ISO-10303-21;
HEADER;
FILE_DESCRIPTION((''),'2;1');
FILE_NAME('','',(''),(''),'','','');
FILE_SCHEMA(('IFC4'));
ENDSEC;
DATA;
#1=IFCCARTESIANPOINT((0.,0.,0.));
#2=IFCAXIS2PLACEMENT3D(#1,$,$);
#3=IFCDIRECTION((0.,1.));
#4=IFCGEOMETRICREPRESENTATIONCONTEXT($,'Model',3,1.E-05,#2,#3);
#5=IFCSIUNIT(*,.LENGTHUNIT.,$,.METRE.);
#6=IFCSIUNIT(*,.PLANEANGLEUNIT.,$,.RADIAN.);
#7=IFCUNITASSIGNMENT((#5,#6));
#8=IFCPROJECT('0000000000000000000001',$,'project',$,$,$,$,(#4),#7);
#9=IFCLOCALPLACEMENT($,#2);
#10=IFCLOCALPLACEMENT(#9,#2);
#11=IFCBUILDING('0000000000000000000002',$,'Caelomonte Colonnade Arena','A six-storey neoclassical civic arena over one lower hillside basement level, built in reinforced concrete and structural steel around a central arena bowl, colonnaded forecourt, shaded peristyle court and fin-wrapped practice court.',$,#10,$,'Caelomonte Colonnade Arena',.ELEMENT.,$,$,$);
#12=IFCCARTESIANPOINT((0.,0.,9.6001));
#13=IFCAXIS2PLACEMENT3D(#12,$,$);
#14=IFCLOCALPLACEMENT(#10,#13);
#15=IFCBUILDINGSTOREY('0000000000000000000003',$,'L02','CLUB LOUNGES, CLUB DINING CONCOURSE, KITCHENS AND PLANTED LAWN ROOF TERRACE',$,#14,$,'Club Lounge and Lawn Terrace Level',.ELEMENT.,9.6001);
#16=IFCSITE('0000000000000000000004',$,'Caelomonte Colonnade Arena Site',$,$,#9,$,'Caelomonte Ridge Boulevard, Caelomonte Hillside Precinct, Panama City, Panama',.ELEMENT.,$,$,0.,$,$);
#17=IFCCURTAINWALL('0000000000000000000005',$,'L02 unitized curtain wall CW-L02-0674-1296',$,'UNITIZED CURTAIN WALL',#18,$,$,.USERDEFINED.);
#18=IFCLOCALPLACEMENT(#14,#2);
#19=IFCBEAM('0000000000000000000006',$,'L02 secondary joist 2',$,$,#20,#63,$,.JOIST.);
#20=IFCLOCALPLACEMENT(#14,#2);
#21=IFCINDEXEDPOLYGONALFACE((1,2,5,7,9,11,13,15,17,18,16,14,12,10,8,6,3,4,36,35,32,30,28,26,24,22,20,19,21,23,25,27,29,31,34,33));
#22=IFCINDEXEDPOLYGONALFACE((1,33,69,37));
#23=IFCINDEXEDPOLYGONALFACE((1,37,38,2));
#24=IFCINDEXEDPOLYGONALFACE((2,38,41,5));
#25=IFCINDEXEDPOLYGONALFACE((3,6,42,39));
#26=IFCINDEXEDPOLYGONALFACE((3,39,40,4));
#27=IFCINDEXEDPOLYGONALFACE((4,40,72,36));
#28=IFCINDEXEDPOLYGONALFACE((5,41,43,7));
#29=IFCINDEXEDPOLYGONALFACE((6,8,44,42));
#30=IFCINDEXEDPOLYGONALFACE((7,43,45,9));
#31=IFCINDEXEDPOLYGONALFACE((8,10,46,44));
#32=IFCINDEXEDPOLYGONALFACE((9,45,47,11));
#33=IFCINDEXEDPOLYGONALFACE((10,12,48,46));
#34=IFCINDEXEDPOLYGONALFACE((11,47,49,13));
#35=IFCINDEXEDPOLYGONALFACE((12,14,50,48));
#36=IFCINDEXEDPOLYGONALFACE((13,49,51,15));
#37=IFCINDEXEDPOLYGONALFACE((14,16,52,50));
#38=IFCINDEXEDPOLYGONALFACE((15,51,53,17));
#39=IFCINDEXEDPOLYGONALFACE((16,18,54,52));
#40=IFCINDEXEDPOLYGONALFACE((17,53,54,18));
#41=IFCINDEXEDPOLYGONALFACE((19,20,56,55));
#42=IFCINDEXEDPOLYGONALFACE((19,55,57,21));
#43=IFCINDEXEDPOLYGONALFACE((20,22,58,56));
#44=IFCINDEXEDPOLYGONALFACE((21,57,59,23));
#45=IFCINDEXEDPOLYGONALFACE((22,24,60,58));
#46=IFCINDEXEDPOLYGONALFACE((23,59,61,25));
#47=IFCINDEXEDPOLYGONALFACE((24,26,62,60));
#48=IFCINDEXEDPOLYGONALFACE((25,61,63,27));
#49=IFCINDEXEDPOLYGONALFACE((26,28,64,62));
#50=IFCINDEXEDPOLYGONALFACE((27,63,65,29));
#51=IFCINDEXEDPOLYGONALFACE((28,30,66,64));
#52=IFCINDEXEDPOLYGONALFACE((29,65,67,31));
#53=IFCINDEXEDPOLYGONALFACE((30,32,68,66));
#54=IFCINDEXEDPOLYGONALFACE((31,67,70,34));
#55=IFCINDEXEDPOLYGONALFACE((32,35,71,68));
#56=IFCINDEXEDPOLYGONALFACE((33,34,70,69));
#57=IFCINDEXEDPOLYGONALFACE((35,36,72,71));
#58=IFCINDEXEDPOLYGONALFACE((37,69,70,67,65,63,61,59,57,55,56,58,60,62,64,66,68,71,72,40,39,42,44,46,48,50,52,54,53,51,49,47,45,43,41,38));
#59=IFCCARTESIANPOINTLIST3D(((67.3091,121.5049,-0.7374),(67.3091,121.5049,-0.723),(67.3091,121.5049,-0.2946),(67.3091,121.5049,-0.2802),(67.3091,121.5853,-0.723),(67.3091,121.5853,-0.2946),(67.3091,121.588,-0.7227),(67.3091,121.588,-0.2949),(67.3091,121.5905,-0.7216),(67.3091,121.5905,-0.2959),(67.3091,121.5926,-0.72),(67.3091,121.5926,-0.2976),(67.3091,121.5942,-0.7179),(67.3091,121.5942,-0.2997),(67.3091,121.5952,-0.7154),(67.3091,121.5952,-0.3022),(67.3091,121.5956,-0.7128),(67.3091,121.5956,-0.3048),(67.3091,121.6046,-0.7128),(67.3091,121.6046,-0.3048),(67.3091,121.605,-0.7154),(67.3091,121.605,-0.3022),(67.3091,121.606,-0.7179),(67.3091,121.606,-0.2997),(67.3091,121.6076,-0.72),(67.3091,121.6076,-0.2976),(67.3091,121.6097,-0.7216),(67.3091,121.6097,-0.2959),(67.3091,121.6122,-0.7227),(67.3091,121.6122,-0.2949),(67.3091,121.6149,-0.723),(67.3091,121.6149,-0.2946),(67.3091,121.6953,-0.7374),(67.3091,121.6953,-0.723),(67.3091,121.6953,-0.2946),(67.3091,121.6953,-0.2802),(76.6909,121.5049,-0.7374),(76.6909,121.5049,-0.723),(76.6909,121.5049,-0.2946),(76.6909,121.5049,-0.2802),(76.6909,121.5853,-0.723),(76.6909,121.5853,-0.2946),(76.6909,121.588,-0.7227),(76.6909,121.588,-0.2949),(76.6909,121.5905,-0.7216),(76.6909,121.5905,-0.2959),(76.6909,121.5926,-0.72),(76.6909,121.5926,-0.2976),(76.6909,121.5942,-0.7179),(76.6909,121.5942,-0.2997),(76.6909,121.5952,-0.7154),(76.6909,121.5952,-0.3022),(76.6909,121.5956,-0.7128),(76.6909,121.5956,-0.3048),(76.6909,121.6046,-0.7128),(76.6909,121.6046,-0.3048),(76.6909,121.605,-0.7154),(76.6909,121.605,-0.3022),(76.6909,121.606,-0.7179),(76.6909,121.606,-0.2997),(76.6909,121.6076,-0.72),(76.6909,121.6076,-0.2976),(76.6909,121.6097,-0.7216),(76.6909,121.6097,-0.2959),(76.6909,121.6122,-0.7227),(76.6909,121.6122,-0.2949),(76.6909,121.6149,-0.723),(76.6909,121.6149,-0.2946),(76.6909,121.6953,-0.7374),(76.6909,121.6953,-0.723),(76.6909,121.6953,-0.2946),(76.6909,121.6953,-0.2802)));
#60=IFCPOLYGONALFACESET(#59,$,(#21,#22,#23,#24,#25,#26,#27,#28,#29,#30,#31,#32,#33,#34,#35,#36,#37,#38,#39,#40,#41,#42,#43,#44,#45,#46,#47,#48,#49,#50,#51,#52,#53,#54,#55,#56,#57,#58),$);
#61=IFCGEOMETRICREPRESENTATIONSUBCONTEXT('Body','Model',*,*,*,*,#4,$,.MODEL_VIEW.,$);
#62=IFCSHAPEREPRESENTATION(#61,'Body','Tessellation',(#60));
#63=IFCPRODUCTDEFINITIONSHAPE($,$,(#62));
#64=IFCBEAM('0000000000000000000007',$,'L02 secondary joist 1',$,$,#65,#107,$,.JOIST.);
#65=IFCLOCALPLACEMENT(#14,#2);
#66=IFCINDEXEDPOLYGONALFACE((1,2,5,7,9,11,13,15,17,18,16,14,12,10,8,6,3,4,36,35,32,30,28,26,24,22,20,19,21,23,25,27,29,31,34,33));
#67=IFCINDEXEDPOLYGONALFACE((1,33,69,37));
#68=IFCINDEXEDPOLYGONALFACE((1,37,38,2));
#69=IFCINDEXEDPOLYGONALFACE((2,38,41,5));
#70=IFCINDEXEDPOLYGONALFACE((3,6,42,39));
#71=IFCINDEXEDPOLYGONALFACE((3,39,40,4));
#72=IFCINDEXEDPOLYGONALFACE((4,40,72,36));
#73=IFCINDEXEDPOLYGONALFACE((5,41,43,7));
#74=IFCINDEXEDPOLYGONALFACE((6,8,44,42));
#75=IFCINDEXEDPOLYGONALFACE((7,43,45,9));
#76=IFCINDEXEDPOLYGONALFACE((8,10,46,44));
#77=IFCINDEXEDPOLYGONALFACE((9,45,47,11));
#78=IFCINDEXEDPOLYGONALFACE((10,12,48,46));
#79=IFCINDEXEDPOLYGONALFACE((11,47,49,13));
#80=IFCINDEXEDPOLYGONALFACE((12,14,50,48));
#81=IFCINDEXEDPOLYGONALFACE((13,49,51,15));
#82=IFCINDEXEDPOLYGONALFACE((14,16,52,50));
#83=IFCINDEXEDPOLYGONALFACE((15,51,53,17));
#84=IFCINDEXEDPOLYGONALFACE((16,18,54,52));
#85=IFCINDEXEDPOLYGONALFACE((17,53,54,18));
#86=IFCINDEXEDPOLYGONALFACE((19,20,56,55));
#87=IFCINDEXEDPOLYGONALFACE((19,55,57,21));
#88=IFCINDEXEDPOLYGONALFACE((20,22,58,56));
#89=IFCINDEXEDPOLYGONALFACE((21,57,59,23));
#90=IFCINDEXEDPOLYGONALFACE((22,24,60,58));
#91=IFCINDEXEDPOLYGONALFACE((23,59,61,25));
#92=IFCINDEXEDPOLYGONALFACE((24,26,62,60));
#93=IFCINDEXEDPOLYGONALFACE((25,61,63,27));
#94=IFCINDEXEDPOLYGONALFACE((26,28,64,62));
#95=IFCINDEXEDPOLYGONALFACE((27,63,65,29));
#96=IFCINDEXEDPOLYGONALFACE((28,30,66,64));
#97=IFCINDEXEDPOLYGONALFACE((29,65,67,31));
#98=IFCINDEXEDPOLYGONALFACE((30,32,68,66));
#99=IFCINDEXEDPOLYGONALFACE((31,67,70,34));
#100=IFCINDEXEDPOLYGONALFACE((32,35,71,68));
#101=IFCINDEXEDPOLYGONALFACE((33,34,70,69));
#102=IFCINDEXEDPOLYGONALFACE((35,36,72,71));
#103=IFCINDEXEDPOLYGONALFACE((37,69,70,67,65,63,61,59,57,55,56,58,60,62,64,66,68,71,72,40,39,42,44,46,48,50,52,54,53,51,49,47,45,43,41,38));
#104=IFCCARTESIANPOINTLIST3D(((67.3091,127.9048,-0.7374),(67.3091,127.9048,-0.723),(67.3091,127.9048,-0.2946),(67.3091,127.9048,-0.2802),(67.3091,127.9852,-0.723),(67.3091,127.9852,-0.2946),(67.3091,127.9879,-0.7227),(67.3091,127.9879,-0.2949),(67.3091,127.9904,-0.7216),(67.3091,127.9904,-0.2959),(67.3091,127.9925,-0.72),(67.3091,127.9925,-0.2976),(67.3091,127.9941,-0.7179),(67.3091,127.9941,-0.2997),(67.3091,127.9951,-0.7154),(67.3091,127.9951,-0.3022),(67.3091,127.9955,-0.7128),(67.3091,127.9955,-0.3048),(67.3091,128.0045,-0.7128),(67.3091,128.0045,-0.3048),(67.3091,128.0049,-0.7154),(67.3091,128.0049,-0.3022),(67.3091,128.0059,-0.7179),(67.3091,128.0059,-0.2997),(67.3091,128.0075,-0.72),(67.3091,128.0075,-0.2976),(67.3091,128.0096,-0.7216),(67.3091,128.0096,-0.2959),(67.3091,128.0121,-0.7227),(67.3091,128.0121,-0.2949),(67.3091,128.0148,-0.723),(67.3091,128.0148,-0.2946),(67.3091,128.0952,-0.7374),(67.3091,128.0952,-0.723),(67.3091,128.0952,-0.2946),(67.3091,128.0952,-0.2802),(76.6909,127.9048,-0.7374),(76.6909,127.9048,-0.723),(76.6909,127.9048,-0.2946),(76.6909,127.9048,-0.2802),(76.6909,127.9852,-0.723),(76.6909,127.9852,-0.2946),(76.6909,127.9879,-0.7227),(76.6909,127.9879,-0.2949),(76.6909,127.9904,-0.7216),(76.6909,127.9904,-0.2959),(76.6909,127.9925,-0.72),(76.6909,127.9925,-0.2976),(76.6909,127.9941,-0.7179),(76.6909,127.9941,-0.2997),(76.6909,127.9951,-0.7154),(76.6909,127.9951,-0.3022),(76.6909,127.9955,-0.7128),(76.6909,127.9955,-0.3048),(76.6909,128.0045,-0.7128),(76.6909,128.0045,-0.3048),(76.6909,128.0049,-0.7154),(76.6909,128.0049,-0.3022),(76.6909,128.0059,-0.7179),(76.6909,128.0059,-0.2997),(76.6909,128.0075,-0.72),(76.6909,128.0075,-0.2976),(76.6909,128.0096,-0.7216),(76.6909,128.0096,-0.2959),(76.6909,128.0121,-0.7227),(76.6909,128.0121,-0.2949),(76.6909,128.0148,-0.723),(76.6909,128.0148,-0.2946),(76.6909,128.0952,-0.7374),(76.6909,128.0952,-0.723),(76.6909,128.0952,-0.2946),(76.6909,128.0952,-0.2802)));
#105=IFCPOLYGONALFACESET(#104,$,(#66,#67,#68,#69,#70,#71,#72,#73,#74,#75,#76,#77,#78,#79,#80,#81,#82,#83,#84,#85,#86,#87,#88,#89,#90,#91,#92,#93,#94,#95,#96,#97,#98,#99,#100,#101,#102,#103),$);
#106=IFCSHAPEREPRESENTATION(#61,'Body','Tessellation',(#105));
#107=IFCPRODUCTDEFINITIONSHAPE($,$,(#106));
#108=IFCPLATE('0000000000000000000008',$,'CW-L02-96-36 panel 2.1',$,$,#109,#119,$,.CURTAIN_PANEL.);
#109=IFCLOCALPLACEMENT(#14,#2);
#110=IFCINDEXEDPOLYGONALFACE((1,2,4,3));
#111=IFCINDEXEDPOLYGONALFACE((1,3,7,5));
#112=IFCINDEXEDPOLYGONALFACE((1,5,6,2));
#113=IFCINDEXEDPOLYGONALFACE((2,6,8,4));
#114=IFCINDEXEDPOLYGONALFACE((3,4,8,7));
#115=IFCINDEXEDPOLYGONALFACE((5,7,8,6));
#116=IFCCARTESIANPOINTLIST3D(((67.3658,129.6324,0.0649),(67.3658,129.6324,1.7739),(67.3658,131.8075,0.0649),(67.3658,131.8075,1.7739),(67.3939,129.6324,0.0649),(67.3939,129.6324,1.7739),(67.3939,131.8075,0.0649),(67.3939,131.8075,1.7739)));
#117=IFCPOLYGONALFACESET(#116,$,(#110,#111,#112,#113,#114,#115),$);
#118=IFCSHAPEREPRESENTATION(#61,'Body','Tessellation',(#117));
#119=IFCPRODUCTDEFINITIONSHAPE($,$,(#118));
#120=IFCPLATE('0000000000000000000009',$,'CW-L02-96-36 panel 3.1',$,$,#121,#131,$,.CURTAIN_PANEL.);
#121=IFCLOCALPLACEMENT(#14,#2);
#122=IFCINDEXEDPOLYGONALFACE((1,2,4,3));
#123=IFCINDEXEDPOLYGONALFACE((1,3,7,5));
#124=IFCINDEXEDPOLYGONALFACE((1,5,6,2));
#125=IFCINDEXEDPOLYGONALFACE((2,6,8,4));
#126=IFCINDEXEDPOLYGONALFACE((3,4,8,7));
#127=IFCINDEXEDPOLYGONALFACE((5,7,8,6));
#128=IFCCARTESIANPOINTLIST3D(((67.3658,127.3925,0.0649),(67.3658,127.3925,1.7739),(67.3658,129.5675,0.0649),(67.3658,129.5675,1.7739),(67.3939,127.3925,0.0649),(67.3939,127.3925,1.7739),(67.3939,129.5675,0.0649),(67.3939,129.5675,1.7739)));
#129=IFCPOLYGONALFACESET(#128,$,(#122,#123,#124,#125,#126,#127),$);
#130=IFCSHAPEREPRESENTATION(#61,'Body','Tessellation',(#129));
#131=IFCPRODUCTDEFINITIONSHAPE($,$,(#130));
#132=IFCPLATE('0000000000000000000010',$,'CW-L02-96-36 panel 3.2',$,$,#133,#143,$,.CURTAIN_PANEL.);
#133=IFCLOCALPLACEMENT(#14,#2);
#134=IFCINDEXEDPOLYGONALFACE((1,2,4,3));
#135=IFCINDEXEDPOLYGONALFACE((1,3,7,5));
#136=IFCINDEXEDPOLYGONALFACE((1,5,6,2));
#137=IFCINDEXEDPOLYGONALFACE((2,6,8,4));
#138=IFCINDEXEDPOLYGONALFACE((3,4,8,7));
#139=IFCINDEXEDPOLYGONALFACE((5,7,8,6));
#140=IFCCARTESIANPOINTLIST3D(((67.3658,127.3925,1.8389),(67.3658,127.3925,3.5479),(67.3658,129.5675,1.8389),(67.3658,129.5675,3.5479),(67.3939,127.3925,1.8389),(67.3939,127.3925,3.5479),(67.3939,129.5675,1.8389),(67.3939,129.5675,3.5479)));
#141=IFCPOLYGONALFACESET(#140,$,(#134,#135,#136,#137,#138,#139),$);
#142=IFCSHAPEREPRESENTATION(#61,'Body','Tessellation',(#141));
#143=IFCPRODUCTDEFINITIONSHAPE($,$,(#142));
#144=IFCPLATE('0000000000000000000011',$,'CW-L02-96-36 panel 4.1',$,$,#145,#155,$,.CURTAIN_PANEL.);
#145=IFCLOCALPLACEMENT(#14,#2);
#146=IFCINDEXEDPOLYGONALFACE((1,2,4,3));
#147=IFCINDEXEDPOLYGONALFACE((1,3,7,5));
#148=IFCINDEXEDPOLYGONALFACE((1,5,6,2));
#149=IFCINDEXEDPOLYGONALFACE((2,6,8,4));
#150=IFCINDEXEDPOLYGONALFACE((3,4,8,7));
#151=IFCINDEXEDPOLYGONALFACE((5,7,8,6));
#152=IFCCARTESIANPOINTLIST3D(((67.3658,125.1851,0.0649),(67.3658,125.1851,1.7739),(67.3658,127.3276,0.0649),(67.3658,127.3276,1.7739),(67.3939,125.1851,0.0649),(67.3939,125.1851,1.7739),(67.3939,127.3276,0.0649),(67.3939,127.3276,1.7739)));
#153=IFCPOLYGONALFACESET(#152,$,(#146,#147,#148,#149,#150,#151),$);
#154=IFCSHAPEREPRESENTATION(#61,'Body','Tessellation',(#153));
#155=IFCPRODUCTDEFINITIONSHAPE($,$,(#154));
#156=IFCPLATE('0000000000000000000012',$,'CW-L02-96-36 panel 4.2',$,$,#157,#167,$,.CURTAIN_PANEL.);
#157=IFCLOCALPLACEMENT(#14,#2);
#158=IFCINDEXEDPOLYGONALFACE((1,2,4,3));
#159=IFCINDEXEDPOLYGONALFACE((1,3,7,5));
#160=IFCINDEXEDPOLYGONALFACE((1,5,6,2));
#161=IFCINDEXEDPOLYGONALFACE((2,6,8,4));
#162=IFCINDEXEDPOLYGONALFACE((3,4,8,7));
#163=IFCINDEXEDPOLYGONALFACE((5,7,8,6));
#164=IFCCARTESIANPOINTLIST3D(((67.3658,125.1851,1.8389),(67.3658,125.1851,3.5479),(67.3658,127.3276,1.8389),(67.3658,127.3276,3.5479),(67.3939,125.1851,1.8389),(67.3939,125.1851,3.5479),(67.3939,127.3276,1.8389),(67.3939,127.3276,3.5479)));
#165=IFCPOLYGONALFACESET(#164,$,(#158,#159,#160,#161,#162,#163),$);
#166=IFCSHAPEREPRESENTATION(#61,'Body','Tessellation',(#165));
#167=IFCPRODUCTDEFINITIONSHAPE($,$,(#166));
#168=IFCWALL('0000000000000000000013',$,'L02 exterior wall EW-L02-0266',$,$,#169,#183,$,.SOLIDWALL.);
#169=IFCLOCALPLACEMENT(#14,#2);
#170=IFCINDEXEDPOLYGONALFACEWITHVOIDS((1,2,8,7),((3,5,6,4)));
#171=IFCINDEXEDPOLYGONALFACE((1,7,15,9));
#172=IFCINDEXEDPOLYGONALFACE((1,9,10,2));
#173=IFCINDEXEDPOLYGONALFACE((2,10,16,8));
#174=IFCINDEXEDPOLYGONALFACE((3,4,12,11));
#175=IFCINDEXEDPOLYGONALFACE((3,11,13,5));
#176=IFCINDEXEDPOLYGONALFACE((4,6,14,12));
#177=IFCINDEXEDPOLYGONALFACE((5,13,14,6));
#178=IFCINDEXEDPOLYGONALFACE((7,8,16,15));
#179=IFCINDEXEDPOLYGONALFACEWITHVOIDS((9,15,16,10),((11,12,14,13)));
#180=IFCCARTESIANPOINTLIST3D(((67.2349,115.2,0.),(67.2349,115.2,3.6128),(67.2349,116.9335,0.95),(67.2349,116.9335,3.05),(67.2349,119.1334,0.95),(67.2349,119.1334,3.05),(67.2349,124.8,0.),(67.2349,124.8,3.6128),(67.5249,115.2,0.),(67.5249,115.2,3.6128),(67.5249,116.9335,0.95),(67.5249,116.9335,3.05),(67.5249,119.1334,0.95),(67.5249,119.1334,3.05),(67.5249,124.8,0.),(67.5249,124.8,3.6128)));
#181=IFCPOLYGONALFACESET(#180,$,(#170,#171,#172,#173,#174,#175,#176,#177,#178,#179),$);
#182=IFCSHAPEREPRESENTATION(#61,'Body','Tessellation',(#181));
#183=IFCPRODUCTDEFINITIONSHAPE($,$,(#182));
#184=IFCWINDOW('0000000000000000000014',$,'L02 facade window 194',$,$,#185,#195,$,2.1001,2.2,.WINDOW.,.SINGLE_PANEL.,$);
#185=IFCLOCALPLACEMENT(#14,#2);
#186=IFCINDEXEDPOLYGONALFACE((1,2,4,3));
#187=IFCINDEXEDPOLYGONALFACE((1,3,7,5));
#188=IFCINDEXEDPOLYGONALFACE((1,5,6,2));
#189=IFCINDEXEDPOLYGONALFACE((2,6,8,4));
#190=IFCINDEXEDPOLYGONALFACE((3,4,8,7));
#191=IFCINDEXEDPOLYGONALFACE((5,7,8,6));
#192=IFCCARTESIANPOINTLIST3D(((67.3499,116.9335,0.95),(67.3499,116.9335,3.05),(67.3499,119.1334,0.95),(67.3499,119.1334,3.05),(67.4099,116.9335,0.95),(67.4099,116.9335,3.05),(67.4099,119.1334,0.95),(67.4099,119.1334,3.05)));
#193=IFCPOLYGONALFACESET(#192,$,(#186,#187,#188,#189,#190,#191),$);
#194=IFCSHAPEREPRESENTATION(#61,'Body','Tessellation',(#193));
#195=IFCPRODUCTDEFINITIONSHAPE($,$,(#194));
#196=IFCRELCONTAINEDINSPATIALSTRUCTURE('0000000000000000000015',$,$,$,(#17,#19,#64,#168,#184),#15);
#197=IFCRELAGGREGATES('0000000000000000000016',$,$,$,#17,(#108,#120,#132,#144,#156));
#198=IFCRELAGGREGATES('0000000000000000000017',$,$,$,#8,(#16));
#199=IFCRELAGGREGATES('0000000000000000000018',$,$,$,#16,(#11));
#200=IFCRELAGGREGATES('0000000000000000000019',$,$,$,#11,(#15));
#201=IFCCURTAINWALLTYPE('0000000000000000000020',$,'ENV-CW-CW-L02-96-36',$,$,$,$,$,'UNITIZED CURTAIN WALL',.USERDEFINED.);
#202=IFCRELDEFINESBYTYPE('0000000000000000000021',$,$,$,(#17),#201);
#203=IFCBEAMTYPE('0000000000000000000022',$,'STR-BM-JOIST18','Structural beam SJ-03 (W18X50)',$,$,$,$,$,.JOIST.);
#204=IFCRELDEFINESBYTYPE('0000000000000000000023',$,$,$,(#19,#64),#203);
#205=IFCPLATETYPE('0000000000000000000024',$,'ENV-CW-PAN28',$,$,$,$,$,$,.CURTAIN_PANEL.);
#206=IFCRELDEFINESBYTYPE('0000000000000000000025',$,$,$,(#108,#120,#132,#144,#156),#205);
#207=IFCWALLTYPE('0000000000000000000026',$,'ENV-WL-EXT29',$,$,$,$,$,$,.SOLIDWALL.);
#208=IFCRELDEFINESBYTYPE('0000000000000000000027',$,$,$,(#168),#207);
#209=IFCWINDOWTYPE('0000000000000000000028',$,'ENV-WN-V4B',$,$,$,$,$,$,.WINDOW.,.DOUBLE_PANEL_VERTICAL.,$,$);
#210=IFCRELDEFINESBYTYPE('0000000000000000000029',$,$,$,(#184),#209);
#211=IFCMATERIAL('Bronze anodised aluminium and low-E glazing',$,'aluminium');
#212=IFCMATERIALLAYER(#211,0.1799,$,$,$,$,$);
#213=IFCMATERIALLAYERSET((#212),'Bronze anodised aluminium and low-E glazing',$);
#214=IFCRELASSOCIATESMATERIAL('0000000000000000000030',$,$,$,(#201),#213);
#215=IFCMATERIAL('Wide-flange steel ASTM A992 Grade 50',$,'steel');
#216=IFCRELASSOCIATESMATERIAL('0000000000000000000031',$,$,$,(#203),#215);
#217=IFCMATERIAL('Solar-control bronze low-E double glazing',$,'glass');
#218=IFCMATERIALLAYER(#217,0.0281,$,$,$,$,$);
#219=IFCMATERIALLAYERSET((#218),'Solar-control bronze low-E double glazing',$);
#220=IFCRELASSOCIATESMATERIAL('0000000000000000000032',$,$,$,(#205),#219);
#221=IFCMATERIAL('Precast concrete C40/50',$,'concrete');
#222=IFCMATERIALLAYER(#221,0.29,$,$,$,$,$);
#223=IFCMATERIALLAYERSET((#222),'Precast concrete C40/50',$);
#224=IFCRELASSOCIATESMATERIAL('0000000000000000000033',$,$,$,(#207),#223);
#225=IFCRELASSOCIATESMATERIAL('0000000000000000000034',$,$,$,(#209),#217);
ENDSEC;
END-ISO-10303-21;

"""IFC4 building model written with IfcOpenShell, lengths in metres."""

from ifc_helpers import new_model, si_unit, direction, frame, frame_2d, origin, origin_2d, place, context, subcontext, project, spatial, rectangle, i_section, extrude, material, layer, layer_set, material_profile, profile_set, type_object, element, fill, aggregate, save


model = new_model("IFC4")

# Units and contexts
model_context = context("Model", 3, precision=1e-05, world=origin(), true_north=direction((0.0, 1.0)))
body_context = subcontext(model_context, "Body", "Model", "MODEL_VIEW")
ifc_project = project(units=[si_unit("LENGTHUNIT", "METRE"), si_unit("PLANEANGLEUNIT", "RADIAN")], contexts=[model_context])

# Site, building, storey
site_placement = place(None, origin())
site = spatial("IfcSite", under=ifc_project, at=site_placement, Name="Caelomonte Colonnade Arena Site", LongName="Caelomonte Ridge Boulevard, Caelomonte Hillside Precinct, Panama City, Panama", CompositionType="ELEMENT", RefElevation=0.0)
building_placement = place(site_placement, origin())
building = spatial("IfcBuilding", under=site, at=building_placement, Name="Caelomonte Colonnade Arena", Description="A six-storey neoclassical civic arena over one lower hillside basement level, built in reinforced concrete and structural steel around a central arena bowl, colonnaded forecourt, shaded peristyle court and fin-wrapped practice court.", LongName="Caelomonte Colonnade Arena", CompositionType="ELEMENT")
storey_placement = place(building_placement, frame((0.0, 0.0, 9.6001)))
storey = spatial("IfcBuildingStorey", under=building, at=storey_placement, Name="L02", Description="CLUB LOUNGES, CLUB DINING CONCOURSE, KITCHENS AND PLANTED LAWN ROOF TERRACE", LongName="Club Lounge and Lawn Terrace Level", CompositionType="ELEMENT", Elevation=9.6001)

# Curtain wall
ifc_material_1 = material(Name="Bronze anodised aluminium and low-E glazing", Category="aluminium")
ifc_layer_1 = layer(ifc_material_1, 0.1799)
ifc_layer_set_1 = layer_set([ifc_layer_1], Name="Bronze anodised aluminium and low-E glazing")
curtain_wall_type = type_object("IfcCurtainWallType", Name="ENV-CW-CW-L02-96-36", ElementType="UNITIZED CURTAIN WALL", PredefinedType="USERDEFINED", material=ifc_layer_set_1)
curtain_wall_placement = place(storey_placement, origin())
curtain_wall = element("IfcCurtainWall", 1, at=curtain_wall_placement, inside=storey, type_object=curtain_wall_type, Name="L02 unitized curtain wall CW-L02-0674-1296", ObjectType="UNITIZED CURTAIN WALL", PredefinedType="USERDEFINED")

# Beams
ifc_material_2 = material(Name="Wide-flange steel ASTM A992 Grade 50", Category="steel")
ifc_material_profile_1 = material_profile(ifc_material_2, i_section(OverallWidth=0.1904, OverallDepth=0.4573, WebThickness=0.009, FlangeThickness=0.0144, FilletRadius=0.0103, at=origin_2d()), Name="W18X50")
ifc_profile_set_1 = profile_set([ifc_material_profile_1], Name="Wide-flange steel ASTM A992 Grade 50")
beam_type_1 = type_object("IfcBeamType", Name="STR-BM-JOIST18", Description="Structural beam SJ-03 (W18X50)", PredefinedType="JOIST", material=ifc_profile_set_1)
for number, where, z_axis, x_axis, name in (
    (2, (67.3091, 121.6001, -0.5088), (1.0, 0.0, 0.0), (0.0, 1.0, 0.0), "L02 secondary joist 2"),
    (3, (67.3091, 128.0, -0.5088), (1.0, 0.0, 0.0), (0.0, 1.0, 0.0), "L02 secondary joist 1"),
):
    element("IfcBeam", number, at=place(storey_placement, frame(where, z_axis=z_axis, x_axis=x_axis)), inside=storey, type_object=beam_type_1, Name=name, PredefinedType="JOIST", context=body_context, shape_type="SweptSolid", body=[
        extrude(i_section(OverallWidth=0.1904, OverallDepth=0.4573, WebThickness=0.009, FlangeThickness=0.0144, FilletRadius=0.0103, at=origin_2d()), origin(), (0.0, 0.0, 1.0), 9.3818),
    ])

# Plates
ifc_material_3 = material(Name="Solar-control bronze low-E double glazing", Category="glass")
ifc_layer_2 = layer(ifc_material_3, 0.0281)
ifc_layer_set_2 = layer_set([ifc_layer_2], Name="Solar-control bronze low-E double glazing")
plate_type = type_object("IfcPlateType", Name="ENV-CW-PAN28", PredefinedType="CURTAIN_PANEL", material=ifc_layer_set_2)
plate_1_placement = place(storey_placement, frame((67.3799, 130.72, 0.0649), z_axis=(0.0, 0.0, 1.0), x_axis=(0.0, -1.0, 0.0)))
plate_1 = element("IfcPlate", 4, at=plate_1_placement, type_object=plate_type, Name="CW-L02-96-36 panel 2.1", PredefinedType="CURTAIN_PANEL", context=body_context, shape_type="SweptSolid", body=[
    extrude(rectangle(XDim=2.175, YDim=0.0281, at=origin_2d()), origin(), (0.0, 0.0, 1.0), 1.709),
])
plate_2_placement = place(storey_placement, frame((67.3799, 128.48, 0.0649), z_axis=(0.0, 0.0, 1.0), x_axis=(0.0, -1.0, 0.0)))
plate_2 = element("IfcPlate", 5, at=plate_2_placement, type_object=plate_type, Name="CW-L02-96-36 panel 3.1", PredefinedType="CURTAIN_PANEL", context=body_context, shape_type="SweptSolid", body=[
    extrude(rectangle(XDim=2.175, YDim=0.0281, at=origin_2d()), origin(), (0.0, 0.0, 1.0), 1.709),
])
plate_3_placement = place(storey_placement, frame((67.3799, 128.48, 1.8389), z_axis=(0.0, 0.0, 1.0), x_axis=(0.0, -1.0, 0.0)))
plate_3 = element("IfcPlate", 6, at=plate_3_placement, type_object=plate_type, Name="CW-L02-96-36 panel 3.2", PredefinedType="CURTAIN_PANEL", context=body_context, shape_type="SweptSolid", body=[
    extrude(rectangle(XDim=2.175, YDim=0.0281, at=origin_2d()), origin(), (0.0, 0.0, 1.0), 1.709),
])
plate_4_placement = place(storey_placement, frame((67.3799, 126.2563, 0.0649), z_axis=(0.0, 0.0, 1.0), x_axis=(0.0, -1.0, 0.0)))
plate_4 = element("IfcPlate", 7, at=plate_4_placement, type_object=plate_type, Name="CW-L02-96-36 panel 4.1", PredefinedType="CURTAIN_PANEL", context=body_context, shape_type="SweptSolid", body=[
    extrude(rectangle(XDim=2.1426, YDim=0.0281, at=origin_2d()), origin(), (0.0, 0.0, 1.0), 1.709),
])
plate_5_placement = place(storey_placement, frame((67.3799, 126.2563, 1.8389), z_axis=(0.0, 0.0, 1.0), x_axis=(0.0, -1.0, 0.0)))
plate_5 = element("IfcPlate", 8, at=plate_5_placement, type_object=plate_type, Name="CW-L02-96-36 panel 4.2", PredefinedType="CURTAIN_PANEL", context=body_context, shape_type="SweptSolid", body=[
    extrude(rectangle(XDim=2.1426, YDim=0.0281, at=origin_2d()), origin(), (0.0, 0.0, 1.0), 1.709),
])
aggregate(curtain_wall, [plate_1, plate_2, plate_3, plate_4, plate_5])

# Wall, opening, window
ifc_material_4 = material(Name="Precast concrete C40/50", Category="concrete")
ifc_layer_3 = layer(ifc_material_4, 0.29)
ifc_layer_set_3 = layer_set([ifc_layer_3], Name="Precast concrete C40/50")
wall_type = type_object("IfcWallType", Name="ENV-WL-EXT29", PredefinedType="SOLIDWALL", material=ifc_layer_set_3)
wall_placement = place(storey_placement, frame((67.3799, 124.8, 0.0), z_axis=(0.0, 0.0, 1.0), x_axis=(0.0, -1.0, 0.0)))
wall = element("IfcWall", 9, at=wall_placement, inside=storey, type_object=wall_type, Name="L02 exterior wall EW-L02-0266", PredefinedType="SOLIDWALL", context=body_context, shape_type="SweptSolid", body=[
    extrude(rectangle(XDim=9.6001, YDim=0.29, at=frame_2d((4.8, 0.0))), origin(), (0.0, 0.0, 1.0), 3.6128),
])
opening_placement = place(wall_placement, frame((7.8667, 0.0, 0.95), z_axis=(0.0, 0.0, 1.0), x_axis=(-1.0, 0.0, 0.0)))
opening = element("IfcOpeningElement", 10, at=opening_placement, cuts=wall, PredefinedType="OPENING", context=body_context, shape_type="SweptSolid", body=[
    extrude(rectangle(XDim=2.2, YDim=2.1001, at=frame_2d((1.1001, 1.05))), frame((0.0, 0.155, 0.0), z_axis=(0.0, -1.0, 0.0), x_axis=(1.0, 0.0, 0.0)), (0.0, 0.0, 1.0), 0.3101),
])
window_type = type_object("IfcWindowType", Name="ENV-WN-V4B", PartitioningType="DOUBLE_PANEL_VERTICAL", PredefinedType="WINDOW", material=ifc_material_3)
window_placement = place(opening_placement, origin())
window = element("IfcWindow", 11, at=window_placement, inside=storey, type_object=window_type, Name="L02 facade window 194", OverallHeight=2.1001, OverallWidth=2.2, PartitioningType="SINGLE_PANEL", PredefinedType="WINDOW", context=body_context, shape_type="SweptSolid", body=[
    extrude(rectangle(XDim=2.2, YDim=2.1001, at=frame_2d((1.1001, 1.05))), frame((0.0, 0.03, 0.0), z_axis=(0.0, -1.0, 0.0), x_axis=(1.0, 0.0, 0.0)), (0.0, 0.0, 1.0), 0.0601),
])
fill(opening, window)

save(model, "model.ifc")
